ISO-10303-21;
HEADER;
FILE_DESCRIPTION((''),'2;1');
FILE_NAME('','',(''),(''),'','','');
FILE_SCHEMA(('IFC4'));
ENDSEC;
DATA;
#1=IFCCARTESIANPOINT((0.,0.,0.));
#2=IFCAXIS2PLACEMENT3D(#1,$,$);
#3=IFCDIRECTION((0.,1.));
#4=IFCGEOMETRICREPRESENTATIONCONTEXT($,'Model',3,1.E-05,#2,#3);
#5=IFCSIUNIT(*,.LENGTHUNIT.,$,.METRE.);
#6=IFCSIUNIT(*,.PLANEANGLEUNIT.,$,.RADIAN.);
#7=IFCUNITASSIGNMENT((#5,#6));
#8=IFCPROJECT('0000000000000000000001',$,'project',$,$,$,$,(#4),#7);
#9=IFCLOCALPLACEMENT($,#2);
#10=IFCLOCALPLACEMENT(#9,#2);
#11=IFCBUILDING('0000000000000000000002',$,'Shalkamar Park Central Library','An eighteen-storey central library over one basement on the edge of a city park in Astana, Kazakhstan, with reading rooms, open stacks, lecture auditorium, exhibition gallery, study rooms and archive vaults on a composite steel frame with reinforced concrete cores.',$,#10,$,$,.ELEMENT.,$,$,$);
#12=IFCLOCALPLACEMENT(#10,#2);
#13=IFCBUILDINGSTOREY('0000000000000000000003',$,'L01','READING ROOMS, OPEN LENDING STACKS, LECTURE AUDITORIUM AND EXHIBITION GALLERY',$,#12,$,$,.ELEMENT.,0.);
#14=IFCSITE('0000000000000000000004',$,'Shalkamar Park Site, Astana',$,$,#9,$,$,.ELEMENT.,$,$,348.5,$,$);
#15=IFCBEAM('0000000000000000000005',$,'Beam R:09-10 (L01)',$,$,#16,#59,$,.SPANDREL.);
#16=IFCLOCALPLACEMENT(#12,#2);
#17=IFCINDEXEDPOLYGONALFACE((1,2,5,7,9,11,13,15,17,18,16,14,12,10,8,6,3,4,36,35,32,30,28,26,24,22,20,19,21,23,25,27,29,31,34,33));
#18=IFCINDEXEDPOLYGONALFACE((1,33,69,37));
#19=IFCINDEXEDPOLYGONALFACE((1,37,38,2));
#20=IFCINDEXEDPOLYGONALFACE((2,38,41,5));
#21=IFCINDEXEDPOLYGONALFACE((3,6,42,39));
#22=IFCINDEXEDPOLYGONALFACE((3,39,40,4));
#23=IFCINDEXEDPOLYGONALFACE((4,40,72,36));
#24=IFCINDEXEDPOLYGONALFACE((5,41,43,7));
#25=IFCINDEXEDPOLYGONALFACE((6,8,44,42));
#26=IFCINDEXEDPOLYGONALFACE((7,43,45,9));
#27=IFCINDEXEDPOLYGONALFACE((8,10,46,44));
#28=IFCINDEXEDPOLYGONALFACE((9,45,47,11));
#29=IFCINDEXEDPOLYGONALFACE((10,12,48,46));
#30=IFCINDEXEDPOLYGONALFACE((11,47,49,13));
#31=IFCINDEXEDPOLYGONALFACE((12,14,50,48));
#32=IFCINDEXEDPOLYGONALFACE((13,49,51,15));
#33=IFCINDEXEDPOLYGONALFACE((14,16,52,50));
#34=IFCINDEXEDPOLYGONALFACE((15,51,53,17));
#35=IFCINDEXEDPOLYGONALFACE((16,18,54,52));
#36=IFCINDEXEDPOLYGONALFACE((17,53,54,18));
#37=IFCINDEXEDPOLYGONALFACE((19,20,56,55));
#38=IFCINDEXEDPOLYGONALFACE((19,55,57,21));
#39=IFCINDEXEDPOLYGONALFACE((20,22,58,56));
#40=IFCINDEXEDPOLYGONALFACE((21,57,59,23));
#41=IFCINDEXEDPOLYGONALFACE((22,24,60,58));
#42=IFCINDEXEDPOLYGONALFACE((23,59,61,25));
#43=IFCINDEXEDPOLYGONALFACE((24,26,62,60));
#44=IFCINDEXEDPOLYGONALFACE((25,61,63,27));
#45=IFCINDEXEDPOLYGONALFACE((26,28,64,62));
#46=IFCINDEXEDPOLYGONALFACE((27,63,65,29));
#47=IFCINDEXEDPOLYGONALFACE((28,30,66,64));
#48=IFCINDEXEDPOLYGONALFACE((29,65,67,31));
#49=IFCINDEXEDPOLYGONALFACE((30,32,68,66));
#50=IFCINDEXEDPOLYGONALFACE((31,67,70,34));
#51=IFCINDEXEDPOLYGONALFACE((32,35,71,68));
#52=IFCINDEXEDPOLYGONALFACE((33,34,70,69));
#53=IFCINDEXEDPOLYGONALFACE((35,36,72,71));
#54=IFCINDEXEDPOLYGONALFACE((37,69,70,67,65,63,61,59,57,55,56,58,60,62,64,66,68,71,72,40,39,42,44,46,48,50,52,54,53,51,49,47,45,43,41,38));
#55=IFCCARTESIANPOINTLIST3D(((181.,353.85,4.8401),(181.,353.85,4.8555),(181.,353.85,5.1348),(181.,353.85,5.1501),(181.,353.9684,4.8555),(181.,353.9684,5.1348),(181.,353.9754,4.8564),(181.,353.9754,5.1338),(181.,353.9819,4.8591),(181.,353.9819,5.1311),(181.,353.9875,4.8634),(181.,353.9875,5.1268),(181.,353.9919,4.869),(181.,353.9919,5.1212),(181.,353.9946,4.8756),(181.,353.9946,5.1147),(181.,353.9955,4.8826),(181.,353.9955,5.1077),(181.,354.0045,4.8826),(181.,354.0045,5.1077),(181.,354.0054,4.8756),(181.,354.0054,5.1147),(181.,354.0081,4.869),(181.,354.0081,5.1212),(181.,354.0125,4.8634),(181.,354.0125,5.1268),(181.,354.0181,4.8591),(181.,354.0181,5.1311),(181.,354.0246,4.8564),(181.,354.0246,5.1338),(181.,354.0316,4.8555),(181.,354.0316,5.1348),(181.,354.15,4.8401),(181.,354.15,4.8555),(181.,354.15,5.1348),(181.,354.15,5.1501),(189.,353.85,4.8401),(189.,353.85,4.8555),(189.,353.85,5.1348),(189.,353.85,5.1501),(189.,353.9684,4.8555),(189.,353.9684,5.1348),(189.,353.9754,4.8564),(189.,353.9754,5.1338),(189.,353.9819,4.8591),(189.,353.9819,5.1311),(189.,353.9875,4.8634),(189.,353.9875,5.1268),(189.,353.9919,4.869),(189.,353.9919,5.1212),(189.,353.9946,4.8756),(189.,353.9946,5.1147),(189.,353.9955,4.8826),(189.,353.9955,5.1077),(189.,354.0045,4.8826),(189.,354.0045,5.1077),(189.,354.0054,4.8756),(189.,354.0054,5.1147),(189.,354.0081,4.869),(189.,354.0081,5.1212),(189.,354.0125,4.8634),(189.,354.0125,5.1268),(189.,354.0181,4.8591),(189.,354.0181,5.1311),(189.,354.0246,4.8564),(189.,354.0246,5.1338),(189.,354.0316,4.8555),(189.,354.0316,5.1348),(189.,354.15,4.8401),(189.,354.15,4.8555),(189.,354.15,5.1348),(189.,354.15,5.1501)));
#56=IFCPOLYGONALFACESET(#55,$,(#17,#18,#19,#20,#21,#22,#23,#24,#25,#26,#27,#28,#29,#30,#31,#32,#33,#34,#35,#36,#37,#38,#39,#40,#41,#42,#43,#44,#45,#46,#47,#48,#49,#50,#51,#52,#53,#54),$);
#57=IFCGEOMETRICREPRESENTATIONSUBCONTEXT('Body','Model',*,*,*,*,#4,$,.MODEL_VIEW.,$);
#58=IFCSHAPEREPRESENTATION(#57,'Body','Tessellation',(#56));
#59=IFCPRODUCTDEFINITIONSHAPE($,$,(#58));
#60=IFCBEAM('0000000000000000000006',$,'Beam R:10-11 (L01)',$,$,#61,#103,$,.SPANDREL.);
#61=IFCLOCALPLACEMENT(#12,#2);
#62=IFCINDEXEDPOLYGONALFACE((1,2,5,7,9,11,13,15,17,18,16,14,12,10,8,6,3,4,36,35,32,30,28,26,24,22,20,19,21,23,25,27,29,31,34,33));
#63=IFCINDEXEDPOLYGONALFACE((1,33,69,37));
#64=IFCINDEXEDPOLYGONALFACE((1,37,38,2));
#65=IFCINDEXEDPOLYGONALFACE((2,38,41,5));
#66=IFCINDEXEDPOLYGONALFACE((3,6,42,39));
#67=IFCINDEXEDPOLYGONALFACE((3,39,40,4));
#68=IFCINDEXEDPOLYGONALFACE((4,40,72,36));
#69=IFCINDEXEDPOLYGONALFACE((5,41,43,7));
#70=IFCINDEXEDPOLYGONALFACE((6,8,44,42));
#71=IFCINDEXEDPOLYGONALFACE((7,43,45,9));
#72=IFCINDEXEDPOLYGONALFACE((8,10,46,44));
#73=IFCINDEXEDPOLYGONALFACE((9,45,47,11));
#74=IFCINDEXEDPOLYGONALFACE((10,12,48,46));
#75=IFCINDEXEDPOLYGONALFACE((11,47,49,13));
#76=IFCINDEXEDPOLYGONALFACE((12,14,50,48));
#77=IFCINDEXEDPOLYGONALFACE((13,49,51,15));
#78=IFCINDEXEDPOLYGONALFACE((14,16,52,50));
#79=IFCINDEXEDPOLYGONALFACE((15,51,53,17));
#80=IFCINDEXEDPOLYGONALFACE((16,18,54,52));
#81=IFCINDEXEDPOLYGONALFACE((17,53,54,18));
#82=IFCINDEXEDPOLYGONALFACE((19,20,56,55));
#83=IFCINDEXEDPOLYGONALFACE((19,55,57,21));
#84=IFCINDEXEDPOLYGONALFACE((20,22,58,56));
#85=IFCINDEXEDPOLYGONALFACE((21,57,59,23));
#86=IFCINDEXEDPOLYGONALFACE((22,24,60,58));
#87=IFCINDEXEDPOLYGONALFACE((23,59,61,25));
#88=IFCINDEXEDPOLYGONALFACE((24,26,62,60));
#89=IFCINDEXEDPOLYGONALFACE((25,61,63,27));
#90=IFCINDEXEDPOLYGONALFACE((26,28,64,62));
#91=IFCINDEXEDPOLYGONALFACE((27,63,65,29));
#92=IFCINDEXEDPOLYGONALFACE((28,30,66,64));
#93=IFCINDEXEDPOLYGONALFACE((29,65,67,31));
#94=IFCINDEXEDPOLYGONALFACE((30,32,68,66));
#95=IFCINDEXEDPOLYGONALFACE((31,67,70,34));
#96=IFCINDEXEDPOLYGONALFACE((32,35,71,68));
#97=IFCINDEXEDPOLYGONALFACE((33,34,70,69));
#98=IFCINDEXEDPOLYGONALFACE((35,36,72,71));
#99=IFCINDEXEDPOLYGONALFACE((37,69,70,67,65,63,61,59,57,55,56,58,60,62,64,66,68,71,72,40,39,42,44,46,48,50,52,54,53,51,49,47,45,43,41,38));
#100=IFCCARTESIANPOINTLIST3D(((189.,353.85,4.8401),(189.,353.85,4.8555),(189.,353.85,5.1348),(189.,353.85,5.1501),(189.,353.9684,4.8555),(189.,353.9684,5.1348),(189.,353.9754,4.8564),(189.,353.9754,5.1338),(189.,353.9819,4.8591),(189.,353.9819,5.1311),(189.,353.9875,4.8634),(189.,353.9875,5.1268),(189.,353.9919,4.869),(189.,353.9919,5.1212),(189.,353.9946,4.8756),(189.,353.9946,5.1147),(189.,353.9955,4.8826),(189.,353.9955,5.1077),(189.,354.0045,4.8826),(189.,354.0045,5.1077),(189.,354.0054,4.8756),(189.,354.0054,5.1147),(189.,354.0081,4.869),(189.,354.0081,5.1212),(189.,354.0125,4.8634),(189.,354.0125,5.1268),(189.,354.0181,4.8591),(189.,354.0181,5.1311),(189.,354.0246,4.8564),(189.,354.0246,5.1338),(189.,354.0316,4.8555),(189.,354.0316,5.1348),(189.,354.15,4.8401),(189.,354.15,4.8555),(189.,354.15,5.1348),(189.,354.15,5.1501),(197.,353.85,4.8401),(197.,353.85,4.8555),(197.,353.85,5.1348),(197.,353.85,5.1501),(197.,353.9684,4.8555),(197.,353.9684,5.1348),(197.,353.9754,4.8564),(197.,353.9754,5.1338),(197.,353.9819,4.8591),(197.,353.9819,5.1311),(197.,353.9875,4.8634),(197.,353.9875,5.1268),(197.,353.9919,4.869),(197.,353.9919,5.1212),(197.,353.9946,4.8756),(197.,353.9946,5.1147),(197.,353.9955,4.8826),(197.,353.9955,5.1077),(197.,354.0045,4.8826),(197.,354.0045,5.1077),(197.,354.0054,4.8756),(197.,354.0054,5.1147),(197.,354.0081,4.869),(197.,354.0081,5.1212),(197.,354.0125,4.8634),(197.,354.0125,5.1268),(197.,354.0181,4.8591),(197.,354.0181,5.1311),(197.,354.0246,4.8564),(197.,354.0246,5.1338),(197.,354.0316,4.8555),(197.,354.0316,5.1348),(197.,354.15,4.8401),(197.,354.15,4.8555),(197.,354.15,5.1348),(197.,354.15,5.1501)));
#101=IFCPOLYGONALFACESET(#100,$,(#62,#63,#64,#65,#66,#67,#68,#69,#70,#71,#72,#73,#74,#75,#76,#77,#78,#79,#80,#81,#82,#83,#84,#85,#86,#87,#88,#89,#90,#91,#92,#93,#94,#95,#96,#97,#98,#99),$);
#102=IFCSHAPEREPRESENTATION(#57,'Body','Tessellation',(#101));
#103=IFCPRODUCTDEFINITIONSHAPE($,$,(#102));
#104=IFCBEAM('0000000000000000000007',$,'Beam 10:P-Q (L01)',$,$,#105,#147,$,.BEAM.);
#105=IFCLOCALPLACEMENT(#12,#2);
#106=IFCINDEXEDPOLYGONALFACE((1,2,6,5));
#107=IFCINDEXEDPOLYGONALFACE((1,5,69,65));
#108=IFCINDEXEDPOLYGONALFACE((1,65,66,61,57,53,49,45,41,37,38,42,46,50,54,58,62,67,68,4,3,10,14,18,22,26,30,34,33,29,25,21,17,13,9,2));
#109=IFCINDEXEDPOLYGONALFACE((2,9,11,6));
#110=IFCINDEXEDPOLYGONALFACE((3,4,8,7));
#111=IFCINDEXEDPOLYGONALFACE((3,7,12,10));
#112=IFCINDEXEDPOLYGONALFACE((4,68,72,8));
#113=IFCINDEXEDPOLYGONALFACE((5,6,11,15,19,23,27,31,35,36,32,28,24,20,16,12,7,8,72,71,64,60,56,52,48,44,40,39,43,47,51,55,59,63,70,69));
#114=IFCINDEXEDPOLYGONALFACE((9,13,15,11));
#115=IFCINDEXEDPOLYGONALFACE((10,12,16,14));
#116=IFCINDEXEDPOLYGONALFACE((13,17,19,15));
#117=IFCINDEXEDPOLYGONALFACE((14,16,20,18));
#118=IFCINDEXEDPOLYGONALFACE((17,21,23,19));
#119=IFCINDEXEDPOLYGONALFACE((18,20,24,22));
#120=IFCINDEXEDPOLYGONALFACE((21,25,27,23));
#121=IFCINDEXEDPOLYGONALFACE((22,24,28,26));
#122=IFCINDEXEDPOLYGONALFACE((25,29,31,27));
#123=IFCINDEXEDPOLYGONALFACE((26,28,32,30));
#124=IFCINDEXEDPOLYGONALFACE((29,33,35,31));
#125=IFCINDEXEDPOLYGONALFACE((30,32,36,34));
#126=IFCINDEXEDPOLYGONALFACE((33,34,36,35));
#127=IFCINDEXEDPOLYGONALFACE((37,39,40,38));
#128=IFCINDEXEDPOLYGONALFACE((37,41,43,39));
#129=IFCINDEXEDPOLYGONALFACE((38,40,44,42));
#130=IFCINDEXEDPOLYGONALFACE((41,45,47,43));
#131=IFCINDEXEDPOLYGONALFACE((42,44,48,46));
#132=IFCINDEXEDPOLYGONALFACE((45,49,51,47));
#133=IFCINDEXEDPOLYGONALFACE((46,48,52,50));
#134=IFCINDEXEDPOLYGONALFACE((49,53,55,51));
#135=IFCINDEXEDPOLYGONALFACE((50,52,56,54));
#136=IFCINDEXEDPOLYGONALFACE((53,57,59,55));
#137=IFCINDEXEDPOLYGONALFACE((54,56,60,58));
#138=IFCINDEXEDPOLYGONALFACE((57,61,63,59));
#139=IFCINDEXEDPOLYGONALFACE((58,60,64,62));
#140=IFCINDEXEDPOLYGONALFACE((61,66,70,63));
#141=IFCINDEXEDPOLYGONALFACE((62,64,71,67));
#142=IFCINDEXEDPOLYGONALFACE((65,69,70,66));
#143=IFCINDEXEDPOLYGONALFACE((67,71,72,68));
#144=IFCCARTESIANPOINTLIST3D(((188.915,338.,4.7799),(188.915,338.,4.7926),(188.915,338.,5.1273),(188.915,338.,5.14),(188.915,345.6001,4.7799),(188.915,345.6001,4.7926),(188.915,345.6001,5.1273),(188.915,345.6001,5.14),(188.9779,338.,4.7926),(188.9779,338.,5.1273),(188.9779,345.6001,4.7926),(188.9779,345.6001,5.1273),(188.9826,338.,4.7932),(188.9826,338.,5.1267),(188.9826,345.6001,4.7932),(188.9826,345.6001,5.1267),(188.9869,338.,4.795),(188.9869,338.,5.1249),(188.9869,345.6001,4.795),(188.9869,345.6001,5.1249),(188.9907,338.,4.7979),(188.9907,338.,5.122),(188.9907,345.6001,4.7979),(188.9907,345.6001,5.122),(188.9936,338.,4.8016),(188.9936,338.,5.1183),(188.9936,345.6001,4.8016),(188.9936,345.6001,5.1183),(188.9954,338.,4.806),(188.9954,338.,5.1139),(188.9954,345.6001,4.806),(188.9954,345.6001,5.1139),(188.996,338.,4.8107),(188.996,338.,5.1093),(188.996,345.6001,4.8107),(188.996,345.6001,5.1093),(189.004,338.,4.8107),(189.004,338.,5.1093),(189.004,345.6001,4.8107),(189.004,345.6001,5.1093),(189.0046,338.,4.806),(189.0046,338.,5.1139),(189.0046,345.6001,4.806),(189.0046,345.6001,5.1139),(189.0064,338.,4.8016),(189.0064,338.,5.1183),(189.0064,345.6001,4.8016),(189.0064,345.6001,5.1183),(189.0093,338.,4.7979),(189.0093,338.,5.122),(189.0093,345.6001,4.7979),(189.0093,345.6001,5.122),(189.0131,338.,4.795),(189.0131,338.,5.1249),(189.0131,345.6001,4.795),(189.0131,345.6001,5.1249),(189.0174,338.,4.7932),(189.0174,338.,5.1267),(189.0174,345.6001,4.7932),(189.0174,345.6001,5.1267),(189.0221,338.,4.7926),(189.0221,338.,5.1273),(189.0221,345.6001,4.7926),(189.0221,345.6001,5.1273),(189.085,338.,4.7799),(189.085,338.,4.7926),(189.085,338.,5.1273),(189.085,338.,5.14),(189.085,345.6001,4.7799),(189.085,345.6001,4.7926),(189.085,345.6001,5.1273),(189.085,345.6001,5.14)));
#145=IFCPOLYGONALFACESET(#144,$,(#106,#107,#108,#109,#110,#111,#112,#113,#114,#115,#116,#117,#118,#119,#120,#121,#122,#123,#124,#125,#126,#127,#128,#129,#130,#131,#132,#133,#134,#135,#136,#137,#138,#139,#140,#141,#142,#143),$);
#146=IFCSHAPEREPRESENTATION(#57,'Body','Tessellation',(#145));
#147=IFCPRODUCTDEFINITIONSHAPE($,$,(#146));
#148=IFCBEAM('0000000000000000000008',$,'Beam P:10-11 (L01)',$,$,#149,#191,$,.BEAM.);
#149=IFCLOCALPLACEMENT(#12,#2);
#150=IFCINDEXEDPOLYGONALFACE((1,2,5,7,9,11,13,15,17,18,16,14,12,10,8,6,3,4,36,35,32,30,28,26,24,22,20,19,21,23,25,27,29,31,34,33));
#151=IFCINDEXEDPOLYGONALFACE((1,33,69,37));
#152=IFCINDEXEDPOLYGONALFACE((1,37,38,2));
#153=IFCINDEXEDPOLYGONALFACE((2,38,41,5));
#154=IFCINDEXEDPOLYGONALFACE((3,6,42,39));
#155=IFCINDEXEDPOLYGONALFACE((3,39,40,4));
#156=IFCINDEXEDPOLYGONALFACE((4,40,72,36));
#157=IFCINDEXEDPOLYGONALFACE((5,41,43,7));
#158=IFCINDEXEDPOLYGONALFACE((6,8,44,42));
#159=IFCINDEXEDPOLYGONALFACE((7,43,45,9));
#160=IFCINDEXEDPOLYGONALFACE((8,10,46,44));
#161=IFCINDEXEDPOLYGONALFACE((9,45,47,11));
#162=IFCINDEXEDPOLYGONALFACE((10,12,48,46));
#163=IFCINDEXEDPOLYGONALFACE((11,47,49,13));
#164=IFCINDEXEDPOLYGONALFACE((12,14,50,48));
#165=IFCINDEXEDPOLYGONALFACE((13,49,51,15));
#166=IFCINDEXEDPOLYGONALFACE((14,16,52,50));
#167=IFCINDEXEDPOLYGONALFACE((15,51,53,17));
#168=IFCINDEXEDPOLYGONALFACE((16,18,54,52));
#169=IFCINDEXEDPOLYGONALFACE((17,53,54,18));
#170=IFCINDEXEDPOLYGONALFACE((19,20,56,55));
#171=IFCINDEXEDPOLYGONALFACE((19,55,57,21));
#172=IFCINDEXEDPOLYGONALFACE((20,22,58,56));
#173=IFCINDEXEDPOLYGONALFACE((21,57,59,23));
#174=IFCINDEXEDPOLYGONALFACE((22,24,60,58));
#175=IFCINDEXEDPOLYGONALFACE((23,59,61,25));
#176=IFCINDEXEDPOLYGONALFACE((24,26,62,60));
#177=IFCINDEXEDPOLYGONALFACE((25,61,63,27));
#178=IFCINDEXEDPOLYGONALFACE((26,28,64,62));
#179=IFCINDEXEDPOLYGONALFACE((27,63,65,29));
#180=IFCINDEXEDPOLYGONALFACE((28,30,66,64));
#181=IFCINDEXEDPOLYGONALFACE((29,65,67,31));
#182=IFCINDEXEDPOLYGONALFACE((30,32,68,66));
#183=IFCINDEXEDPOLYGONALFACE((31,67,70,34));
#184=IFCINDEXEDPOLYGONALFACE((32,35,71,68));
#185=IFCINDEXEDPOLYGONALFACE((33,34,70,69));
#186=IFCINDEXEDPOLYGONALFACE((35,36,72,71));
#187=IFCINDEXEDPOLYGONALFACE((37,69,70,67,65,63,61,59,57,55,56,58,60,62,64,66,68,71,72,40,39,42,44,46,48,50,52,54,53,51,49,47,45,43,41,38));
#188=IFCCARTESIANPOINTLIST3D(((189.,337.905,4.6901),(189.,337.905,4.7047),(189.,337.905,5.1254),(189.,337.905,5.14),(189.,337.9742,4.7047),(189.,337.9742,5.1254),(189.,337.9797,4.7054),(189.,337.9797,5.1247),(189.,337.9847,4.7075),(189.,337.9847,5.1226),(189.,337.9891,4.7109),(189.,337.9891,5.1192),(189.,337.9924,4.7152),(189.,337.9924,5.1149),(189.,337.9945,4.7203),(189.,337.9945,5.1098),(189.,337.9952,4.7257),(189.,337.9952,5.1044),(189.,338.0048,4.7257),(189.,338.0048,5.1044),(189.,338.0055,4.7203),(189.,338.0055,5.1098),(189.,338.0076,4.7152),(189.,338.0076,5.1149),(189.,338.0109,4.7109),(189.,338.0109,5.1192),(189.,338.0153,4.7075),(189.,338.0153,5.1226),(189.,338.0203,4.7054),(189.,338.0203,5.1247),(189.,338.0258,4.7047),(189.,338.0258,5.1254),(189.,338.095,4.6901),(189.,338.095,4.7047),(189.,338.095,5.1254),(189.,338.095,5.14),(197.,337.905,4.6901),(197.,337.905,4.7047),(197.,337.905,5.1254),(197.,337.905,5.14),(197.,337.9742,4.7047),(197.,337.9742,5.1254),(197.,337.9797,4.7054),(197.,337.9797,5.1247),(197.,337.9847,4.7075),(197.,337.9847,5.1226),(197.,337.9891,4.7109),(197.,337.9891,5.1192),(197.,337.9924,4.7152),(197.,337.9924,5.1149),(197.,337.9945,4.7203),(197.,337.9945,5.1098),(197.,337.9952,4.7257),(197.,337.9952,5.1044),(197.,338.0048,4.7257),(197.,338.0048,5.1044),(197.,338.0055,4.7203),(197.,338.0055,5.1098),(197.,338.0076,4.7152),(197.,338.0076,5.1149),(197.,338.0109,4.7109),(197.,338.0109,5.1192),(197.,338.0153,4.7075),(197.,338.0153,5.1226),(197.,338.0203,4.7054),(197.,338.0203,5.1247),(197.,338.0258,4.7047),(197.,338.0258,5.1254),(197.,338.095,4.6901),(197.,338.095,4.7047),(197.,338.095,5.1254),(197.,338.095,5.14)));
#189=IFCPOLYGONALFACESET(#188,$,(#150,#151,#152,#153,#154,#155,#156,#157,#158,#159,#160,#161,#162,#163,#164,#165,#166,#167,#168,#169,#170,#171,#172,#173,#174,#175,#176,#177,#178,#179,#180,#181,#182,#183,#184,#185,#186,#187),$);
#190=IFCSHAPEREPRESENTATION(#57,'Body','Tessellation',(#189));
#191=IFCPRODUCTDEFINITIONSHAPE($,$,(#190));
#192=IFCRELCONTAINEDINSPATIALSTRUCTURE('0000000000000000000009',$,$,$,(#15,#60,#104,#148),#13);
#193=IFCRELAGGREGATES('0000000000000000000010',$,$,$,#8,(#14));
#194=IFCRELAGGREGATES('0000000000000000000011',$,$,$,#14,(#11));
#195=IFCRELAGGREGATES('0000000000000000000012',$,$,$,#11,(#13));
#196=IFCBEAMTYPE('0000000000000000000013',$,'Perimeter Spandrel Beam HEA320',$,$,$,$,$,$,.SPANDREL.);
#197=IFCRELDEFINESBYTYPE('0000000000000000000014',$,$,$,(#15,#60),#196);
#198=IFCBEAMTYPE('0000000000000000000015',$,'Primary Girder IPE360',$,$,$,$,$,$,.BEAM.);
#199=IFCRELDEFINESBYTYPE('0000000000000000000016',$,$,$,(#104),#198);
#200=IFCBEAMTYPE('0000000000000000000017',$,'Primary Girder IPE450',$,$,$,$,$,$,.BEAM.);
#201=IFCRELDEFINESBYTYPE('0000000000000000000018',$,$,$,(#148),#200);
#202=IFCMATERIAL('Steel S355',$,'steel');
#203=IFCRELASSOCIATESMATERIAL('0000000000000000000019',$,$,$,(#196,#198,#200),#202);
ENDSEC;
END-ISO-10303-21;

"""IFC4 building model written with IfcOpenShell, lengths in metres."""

from ifc_helpers import new_model, si_unit, direction, frame, origin, origin_2d, place, context, subcontext, project, spatial, i_section, extrude, material, material_profile, profile_set, type_object, element, save


model = new_model("IFC4")

# Units and contexts
model_context = context("Model", 3, precision=1e-05, world=origin(), true_north=direction((0.0, 1.0)))
body_context = subcontext(model_context, "Body", "Model", "MODEL_VIEW")
ifc_project = project(units=[si_unit("LENGTHUNIT", "METRE"), si_unit("PLANEANGLEUNIT", "RADIAN")], contexts=[model_context])

# Site, building, storey
site_placement = place(None, origin())
site = spatial("IfcSite", under=ifc_project, at=site_placement, Name="Shalkamar Park Site, Astana", CompositionType="ELEMENT", RefElevation=348.5)
building_placement = place(site_placement, origin())
building = spatial("IfcBuilding", under=site, at=building_placement, Name="Shalkamar Park Central Library", Description="An eighteen-storey central library over one basement on the edge of a city park in Astana, Kazakhstan, with reading rooms, open stacks, lecture auditorium, exhibition gallery, study rooms and archive vaults on a composite steel frame with reinforced concrete cores.", CompositionType="ELEMENT")
storey_placement = place(building_placement, origin())
storey = spatial("IfcBuildingStorey", under=building, at=storey_placement, Name="L01", Description="READING ROOMS, OPEN LENDING STACKS, LECTURE AUDITORIUM AND EXHIBITION GALLERY", CompositionType="ELEMENT", Elevation=0.0)

# Shared definitions
ifc_material_1 = material(Name="Steel S355", Category="steel")

# Beams
ifc_material_profile_1 = material_profile(ifc_material_1, i_section(OverallWidth=0.3, OverallDepth=0.3101, WebThickness=0.009, FlangeThickness=0.0154, FilletRadius=0.0271, at=origin_2d()), Name="HEA 320")
ifc_profile_set_1 = profile_set([ifc_material_profile_1], Name="Steel S355")
beam_type_1 = type_object("IfcBeamType", Name="Perimeter Spandrel Beam HEA320", PredefinedType="SPANDREL", material=ifc_profile_set_1)
for number, where, z_axis, x_axis, name in (
    (1, (181.0, 354.0, 4.9951), (1.0, 0.0, 0.0), (0.0, 1.0, 0.0), "Beam R:09-10 (L01)"),
    (2, (189.0, 354.0, 4.9951), (1.0, 0.0, 0.0), (0.0, 1.0, 0.0), "Beam R:10-11 (L01)"),
):
    element("IfcBeam", number, at=place(storey_placement, frame(where, z_axis=z_axis, x_axis=x_axis)), inside=storey, type_object=beam_type_1, Name=name, PredefinedType="SPANDREL", context=body_context, shape_type="SweptSolid", body=[
        extrude(i_section(OverallWidth=0.3, OverallDepth=0.3101, WebThickness=0.009, FlangeThickness=0.0154, FilletRadius=0.0271, at=origin_2d()), origin(), (0.0, 0.0, 1.0), 8.0),
    ])
ifc_material_profile_2 = material_profile(ifc_material_1, i_section(OverallWidth=0.1699, OverallDepth=0.3601, WebThickness=0.0081, FlangeThickness=0.0127, FilletRadius=0.0181, at=origin_2d()), Name="IPE 360")
ifc_profile_set_2 = profile_set([ifc_material_profile_2], Name="Steel S355")
beam_type_2 = type_object("IfcBeamType", Name="Primary Girder IPE360", PredefinedType="BEAM", material=ifc_profile_set_2)
beam_1_placement = place(storey_placement, frame((189.0, 338.0, 4.96), z_axis=(0.0, 1.0, 0.0), x_axis=(-1.0, 0.0, 0.0)))
element("IfcBeam", 3, at=beam_1_placement, inside=storey, type_object=beam_type_2, Name="Beam 10:P-Q (L01)", PredefinedType="BEAM", context=body_context, shape_type="SweptSolid", body=[
    extrude(i_section(OverallWidth=0.1699, OverallDepth=0.3601, WebThickness=0.0081, FlangeThickness=0.0127, FilletRadius=0.0181, at=origin_2d()), origin(), (0.0, 0.0, 1.0), 7.6001),
])
ifc_material_profile_3 = material_profile(ifc_material_1, i_section(OverallWidth=0.1899, OverallDepth=0.45, WebThickness=0.0095, FlangeThickness=0.0146, FilletRadius=0.021, at=origin_2d()), Name="IPE 450")
ifc_profile_set_3 = profile_set([ifc_material_profile_3], Name="Steel S355")
beam_type_3 = type_object("IfcBeamType", Name="Primary Girder IPE450", PredefinedType="BEAM", material=ifc_profile_set_3)
for number, where, z_axis, x_axis, name in (
    (4, (189.0, 338.0, 4.915), (1.0, 0.0, 0.0), (0.0, 1.0, 0.0), "Beam P:10-11 (L01)"),
):
    element("IfcBeam", number, at=place(storey_placement, frame(where, z_axis=z_axis, x_axis=x_axis)), inside=storey, type_object=beam_type_3, Name=name, PredefinedType="BEAM", context=body_context, shape_type="SweptSolid", body=[
        extrude(i_section(OverallWidth=0.1899, OverallDepth=0.45, WebThickness=0.0095, FlangeThickness=0.0146, FilletRadius=0.021, at=origin_2d()), origin(), (0.0, 0.0, 1.0), 8.0),
    ])

save(model, "model.ifc")
